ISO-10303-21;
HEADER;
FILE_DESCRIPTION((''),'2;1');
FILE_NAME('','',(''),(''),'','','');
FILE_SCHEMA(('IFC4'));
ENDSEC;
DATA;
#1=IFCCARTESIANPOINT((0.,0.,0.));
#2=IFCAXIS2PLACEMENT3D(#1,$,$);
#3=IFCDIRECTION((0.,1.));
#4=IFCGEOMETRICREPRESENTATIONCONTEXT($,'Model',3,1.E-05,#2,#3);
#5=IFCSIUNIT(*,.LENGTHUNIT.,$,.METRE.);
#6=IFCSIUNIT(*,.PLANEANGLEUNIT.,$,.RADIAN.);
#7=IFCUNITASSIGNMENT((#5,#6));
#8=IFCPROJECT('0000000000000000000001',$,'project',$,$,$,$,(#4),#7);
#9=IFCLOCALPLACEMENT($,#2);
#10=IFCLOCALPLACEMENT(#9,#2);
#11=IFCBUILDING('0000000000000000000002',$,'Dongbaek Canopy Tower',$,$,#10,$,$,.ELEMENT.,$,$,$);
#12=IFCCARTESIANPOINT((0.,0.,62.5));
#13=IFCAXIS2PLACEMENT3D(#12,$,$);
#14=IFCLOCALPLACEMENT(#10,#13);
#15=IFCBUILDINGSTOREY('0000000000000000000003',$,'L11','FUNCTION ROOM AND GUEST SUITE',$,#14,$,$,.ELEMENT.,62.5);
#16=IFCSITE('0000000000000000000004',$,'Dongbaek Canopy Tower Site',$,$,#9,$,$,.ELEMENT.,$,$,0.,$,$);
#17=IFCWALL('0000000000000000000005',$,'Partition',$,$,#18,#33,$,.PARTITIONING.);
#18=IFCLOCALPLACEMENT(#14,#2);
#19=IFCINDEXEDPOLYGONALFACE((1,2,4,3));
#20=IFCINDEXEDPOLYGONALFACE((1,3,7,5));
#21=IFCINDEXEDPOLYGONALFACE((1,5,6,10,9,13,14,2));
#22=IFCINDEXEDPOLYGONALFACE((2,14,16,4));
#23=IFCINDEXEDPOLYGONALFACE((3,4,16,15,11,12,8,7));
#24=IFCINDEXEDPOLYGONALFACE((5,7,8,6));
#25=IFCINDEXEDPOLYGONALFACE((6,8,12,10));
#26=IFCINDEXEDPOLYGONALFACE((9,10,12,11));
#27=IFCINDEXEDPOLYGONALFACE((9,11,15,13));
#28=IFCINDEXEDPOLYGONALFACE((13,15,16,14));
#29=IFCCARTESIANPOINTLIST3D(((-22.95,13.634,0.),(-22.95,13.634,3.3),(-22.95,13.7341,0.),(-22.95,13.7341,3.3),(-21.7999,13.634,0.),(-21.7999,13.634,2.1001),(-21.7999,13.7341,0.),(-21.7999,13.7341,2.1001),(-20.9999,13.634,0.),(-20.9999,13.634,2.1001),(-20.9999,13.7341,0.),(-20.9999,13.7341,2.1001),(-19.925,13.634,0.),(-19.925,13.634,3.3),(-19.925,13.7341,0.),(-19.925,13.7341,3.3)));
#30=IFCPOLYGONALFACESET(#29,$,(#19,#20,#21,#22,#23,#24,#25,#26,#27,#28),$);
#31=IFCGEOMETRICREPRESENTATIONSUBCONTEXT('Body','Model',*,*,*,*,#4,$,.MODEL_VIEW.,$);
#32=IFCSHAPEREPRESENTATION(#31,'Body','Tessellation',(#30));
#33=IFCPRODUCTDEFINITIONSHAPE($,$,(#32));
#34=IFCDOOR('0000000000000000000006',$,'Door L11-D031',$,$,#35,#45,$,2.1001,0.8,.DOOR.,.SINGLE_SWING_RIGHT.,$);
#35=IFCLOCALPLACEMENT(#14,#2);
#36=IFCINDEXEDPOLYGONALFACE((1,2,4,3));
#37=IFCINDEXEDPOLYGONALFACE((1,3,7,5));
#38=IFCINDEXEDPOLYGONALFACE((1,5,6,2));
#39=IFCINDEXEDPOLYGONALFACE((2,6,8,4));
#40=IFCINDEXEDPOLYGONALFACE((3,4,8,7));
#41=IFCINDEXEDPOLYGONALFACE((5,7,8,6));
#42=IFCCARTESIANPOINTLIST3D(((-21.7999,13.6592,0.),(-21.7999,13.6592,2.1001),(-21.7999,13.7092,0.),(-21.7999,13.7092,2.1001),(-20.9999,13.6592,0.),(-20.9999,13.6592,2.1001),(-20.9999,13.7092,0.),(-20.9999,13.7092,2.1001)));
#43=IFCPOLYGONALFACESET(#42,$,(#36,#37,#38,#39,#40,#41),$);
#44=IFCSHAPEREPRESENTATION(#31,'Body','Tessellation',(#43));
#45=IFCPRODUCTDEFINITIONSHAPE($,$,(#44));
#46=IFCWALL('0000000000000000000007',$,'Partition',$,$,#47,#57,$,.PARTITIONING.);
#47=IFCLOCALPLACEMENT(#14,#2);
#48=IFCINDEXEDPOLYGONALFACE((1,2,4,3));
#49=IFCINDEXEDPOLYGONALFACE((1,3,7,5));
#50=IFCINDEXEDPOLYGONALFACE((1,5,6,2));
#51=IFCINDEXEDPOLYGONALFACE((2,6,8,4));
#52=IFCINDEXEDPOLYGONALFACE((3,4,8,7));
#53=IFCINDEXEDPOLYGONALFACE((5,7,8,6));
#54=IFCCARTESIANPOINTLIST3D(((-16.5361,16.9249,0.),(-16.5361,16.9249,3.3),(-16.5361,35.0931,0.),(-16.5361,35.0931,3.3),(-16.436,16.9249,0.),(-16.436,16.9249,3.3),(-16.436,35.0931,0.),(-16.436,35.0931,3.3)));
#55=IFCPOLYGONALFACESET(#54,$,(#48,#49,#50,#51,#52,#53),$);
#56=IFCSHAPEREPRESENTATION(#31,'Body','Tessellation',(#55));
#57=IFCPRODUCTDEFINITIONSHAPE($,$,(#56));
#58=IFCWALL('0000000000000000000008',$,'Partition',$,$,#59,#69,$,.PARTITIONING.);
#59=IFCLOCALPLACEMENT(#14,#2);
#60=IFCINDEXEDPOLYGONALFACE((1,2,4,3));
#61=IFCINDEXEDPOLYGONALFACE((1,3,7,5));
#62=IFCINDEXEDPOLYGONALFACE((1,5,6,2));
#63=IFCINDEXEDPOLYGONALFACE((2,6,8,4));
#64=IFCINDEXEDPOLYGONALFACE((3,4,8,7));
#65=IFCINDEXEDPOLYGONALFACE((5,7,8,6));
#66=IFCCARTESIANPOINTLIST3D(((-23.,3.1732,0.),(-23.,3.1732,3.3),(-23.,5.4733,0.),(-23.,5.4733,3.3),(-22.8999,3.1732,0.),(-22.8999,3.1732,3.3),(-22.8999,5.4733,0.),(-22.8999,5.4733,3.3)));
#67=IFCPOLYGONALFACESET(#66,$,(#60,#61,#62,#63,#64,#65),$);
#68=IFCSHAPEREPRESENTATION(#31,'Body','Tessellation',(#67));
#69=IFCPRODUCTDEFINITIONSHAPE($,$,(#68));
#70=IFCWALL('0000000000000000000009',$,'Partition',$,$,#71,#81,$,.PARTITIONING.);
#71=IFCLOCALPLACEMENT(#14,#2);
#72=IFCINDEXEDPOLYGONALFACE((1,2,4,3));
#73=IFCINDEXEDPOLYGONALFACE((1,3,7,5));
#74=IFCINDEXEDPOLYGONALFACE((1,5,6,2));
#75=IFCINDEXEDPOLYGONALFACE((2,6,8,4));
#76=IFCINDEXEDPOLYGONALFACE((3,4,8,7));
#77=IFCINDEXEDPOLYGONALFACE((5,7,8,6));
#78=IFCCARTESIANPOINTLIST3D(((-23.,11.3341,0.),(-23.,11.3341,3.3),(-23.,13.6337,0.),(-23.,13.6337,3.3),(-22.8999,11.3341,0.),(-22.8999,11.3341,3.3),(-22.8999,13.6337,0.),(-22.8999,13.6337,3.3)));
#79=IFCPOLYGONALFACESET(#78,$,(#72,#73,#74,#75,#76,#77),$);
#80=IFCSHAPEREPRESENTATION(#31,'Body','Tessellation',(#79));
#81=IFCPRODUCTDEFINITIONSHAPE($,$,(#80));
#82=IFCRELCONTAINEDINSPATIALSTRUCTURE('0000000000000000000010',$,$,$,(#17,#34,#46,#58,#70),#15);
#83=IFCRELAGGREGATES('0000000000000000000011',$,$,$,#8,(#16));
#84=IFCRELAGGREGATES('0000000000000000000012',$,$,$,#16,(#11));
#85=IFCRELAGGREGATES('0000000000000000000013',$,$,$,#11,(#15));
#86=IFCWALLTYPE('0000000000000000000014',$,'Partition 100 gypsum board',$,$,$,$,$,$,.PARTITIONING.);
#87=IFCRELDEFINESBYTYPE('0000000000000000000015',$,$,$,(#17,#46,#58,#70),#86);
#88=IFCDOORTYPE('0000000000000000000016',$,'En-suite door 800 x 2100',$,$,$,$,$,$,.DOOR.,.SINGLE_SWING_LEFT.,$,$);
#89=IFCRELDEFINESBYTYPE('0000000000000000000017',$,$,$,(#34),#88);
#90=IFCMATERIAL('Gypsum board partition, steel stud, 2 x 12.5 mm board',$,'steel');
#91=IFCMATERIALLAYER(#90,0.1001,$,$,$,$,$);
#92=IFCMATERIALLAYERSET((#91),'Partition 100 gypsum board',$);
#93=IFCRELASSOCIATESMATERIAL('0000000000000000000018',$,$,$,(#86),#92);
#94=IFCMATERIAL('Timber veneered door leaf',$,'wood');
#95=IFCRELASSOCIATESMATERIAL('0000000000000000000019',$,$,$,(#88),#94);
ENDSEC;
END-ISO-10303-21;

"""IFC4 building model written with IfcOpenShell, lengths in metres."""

from ifc_helpers import new_model, si_unit, direction, frame, frame_2d, origin, place, context, subcontext, project, spatial, rectangle, extrude, material, layer, layer_set, type_object, element, fill, save


model = new_model("IFC4")

# Units and contexts
model_context = context("Model", 3, precision=1e-05, world=origin(), true_north=direction((0.0, 1.0)))
body_context = subcontext(model_context, "Body", "Model", "MODEL_VIEW")
ifc_project = project(units=[si_unit("LENGTHUNIT", "METRE"), si_unit("PLANEANGLEUNIT", "RADIAN")], contexts=[model_context])

# Site, building, storey
site_placement = place(None, origin())
site = spatial("IfcSite", under=ifc_project, at=site_placement, Name="Dongbaek Canopy Tower Site", CompositionType="ELEMENT", RefElevation=0.0)
building_placement = place(site_placement, origin())
building = spatial("IfcBuilding", under=site, at=building_placement, Name="Dongbaek Canopy Tower", CompositionType="ELEMENT")
storey_placement = place(building_placement, frame((0.0, 0.0, 62.5)))
storey = spatial("IfcBuildingStorey", under=building, at=storey_placement, Name="L11", Description="FUNCTION ROOM AND GUEST SUITE", CompositionType="ELEMENT", Elevation=62.5)

# Shared definitions
ifc_material_1 = material(Name="Gypsum board partition, steel stud, 2 x 12.5 mm board", Category="steel")
ifc_layer_1 = layer(ifc_material_1, 0.1001)
ifc_layer_set_1 = layer_set([ifc_layer_1], Name="Partition 100 gypsum board")
wall_type_1 = type_object("IfcWallType", Name="Partition 100 gypsum board", PredefinedType="PARTITIONING", material=ifc_layer_set_1)
ifc_material_2 = material(Name="Timber veneered door leaf", Category="wood")
door_type_1 = type_object("IfcDoorType", Name="En-suite door 800 x 2100", OperationType="SINGLE_SWING_LEFT", PredefinedType="DOOR", material=ifc_material_2)

# Wall, opening, door
wall_1_placement = place(storey_placement, frame((-19.925, 13.6841, 0.0), z_axis=(0.0, 0.0, 1.0), x_axis=(-1.0, 0.0, 0.0)))
wall_1 = element("IfcWall", 1, at=wall_1_placement, inside=storey, type_object=wall_type_1, Name="Partition", PredefinedType="PARTITIONING", context=body_context, shape_type="SweptSolid", body=[
    extrude(rectangle(XDim=3.0249, YDim=0.1001, at=frame_2d((1.5125, 0.0))), origin(), (0.0, 0.0, 1.0), 3.3),
])
opening_1_placement = place(wall_1_placement, frame((1.075, 0.0, 0.0)))
opening_1 = element("IfcOpeningElement", 2, at=opening_1_placement, cuts=wall_1, PredefinedType="OPENING", context=body_context, shape_type="SweptSolid", body=[
    extrude(rectangle(XDim=0.8, YDim=2.1001, at=frame_2d((0.3999, 1.05))), frame((0.0, 0.0601, 0.0), z_axis=(0.0, -1.0, 0.0), x_axis=(1.0, 0.0, 0.0)), (0.0, 0.0, 1.0), 0.1201),
])
door_1_placement = place(opening_1_placement, origin())
door_1 = element("IfcDoor", 3, at=door_1_placement, inside=storey, type_object=door_type_1, Name="Door L11-D031", OperationType="SINGLE_SWING_RIGHT", OverallHeight=2.1001, OverallWidth=0.8, PredefinedType="DOOR", context=body_context, shape_type="SweptSolid", body=[
    extrude(rectangle(XDim=0.8, YDim=2.1001, at=frame_2d((0.3999, 1.05))), frame((0.0, 0.0249, 0.0), z_axis=(0.0, -1.0, 0.0), x_axis=(1.0, 0.0, 0.0)), (0.0, 0.0, 1.0), 0.05),
])
fill(opening_1, door_1)

# Walls
wall_2_placement = place(storey_placement, frame((-16.4861, 16.925, 0.0), z_axis=(0.0, 0.0, 1.0), x_axis=(0.0, 1.0, 0.0)))
element("IfcWall", 4, at=wall_2_placement, inside=storey, type_object=wall_type_1, Name="Partition", PredefinedType="PARTITIONING", context=body_context, shape_type="SweptSolid", body=[
    extrude(rectangle(XDim=18.1682, YDim=0.1001, at=frame_2d((9.084, 0.0))), origin(), (0.0, 0.0, 1.0), 3.3),
])
wall_3_placement = place(storey_placement, frame((-22.95, 3.1733, 0.0), z_axis=(0.0, 0.0, 1.0), x_axis=(0.0, 1.0, 0.0)))
element("IfcWall", 5, at=wall_3_placement, inside=storey, type_object=wall_type_1, Name="Partition", PredefinedType="PARTITIONING", context=body_context, shape_type="SweptSolid", body=[
    extrude(rectangle(XDim=2.3, YDim=0.1001, at=frame_2d((1.1499, 0.0))), origin(), (0.0, 0.0, 1.0), 3.3),
])
wall_4_placement = place(storey_placement, frame((-22.95, 11.334, 0.0), z_axis=(0.0, 0.0, 1.0), x_axis=(0.0, 1.0, 0.0)))
element("IfcWall", 6, at=wall_4_placement, inside=storey, type_object=wall_type_1, Name="Partition", PredefinedType="PARTITIONING", context=body_context, shape_type="SweptSolid", body=[
    extrude(rectangle(XDim=2.2996, YDim=0.1001, at=frame_2d((1.1499, 0.0))), origin(), (0.0, 0.0, 1.0), 3.3),
])

save(model, "model.ifc")
